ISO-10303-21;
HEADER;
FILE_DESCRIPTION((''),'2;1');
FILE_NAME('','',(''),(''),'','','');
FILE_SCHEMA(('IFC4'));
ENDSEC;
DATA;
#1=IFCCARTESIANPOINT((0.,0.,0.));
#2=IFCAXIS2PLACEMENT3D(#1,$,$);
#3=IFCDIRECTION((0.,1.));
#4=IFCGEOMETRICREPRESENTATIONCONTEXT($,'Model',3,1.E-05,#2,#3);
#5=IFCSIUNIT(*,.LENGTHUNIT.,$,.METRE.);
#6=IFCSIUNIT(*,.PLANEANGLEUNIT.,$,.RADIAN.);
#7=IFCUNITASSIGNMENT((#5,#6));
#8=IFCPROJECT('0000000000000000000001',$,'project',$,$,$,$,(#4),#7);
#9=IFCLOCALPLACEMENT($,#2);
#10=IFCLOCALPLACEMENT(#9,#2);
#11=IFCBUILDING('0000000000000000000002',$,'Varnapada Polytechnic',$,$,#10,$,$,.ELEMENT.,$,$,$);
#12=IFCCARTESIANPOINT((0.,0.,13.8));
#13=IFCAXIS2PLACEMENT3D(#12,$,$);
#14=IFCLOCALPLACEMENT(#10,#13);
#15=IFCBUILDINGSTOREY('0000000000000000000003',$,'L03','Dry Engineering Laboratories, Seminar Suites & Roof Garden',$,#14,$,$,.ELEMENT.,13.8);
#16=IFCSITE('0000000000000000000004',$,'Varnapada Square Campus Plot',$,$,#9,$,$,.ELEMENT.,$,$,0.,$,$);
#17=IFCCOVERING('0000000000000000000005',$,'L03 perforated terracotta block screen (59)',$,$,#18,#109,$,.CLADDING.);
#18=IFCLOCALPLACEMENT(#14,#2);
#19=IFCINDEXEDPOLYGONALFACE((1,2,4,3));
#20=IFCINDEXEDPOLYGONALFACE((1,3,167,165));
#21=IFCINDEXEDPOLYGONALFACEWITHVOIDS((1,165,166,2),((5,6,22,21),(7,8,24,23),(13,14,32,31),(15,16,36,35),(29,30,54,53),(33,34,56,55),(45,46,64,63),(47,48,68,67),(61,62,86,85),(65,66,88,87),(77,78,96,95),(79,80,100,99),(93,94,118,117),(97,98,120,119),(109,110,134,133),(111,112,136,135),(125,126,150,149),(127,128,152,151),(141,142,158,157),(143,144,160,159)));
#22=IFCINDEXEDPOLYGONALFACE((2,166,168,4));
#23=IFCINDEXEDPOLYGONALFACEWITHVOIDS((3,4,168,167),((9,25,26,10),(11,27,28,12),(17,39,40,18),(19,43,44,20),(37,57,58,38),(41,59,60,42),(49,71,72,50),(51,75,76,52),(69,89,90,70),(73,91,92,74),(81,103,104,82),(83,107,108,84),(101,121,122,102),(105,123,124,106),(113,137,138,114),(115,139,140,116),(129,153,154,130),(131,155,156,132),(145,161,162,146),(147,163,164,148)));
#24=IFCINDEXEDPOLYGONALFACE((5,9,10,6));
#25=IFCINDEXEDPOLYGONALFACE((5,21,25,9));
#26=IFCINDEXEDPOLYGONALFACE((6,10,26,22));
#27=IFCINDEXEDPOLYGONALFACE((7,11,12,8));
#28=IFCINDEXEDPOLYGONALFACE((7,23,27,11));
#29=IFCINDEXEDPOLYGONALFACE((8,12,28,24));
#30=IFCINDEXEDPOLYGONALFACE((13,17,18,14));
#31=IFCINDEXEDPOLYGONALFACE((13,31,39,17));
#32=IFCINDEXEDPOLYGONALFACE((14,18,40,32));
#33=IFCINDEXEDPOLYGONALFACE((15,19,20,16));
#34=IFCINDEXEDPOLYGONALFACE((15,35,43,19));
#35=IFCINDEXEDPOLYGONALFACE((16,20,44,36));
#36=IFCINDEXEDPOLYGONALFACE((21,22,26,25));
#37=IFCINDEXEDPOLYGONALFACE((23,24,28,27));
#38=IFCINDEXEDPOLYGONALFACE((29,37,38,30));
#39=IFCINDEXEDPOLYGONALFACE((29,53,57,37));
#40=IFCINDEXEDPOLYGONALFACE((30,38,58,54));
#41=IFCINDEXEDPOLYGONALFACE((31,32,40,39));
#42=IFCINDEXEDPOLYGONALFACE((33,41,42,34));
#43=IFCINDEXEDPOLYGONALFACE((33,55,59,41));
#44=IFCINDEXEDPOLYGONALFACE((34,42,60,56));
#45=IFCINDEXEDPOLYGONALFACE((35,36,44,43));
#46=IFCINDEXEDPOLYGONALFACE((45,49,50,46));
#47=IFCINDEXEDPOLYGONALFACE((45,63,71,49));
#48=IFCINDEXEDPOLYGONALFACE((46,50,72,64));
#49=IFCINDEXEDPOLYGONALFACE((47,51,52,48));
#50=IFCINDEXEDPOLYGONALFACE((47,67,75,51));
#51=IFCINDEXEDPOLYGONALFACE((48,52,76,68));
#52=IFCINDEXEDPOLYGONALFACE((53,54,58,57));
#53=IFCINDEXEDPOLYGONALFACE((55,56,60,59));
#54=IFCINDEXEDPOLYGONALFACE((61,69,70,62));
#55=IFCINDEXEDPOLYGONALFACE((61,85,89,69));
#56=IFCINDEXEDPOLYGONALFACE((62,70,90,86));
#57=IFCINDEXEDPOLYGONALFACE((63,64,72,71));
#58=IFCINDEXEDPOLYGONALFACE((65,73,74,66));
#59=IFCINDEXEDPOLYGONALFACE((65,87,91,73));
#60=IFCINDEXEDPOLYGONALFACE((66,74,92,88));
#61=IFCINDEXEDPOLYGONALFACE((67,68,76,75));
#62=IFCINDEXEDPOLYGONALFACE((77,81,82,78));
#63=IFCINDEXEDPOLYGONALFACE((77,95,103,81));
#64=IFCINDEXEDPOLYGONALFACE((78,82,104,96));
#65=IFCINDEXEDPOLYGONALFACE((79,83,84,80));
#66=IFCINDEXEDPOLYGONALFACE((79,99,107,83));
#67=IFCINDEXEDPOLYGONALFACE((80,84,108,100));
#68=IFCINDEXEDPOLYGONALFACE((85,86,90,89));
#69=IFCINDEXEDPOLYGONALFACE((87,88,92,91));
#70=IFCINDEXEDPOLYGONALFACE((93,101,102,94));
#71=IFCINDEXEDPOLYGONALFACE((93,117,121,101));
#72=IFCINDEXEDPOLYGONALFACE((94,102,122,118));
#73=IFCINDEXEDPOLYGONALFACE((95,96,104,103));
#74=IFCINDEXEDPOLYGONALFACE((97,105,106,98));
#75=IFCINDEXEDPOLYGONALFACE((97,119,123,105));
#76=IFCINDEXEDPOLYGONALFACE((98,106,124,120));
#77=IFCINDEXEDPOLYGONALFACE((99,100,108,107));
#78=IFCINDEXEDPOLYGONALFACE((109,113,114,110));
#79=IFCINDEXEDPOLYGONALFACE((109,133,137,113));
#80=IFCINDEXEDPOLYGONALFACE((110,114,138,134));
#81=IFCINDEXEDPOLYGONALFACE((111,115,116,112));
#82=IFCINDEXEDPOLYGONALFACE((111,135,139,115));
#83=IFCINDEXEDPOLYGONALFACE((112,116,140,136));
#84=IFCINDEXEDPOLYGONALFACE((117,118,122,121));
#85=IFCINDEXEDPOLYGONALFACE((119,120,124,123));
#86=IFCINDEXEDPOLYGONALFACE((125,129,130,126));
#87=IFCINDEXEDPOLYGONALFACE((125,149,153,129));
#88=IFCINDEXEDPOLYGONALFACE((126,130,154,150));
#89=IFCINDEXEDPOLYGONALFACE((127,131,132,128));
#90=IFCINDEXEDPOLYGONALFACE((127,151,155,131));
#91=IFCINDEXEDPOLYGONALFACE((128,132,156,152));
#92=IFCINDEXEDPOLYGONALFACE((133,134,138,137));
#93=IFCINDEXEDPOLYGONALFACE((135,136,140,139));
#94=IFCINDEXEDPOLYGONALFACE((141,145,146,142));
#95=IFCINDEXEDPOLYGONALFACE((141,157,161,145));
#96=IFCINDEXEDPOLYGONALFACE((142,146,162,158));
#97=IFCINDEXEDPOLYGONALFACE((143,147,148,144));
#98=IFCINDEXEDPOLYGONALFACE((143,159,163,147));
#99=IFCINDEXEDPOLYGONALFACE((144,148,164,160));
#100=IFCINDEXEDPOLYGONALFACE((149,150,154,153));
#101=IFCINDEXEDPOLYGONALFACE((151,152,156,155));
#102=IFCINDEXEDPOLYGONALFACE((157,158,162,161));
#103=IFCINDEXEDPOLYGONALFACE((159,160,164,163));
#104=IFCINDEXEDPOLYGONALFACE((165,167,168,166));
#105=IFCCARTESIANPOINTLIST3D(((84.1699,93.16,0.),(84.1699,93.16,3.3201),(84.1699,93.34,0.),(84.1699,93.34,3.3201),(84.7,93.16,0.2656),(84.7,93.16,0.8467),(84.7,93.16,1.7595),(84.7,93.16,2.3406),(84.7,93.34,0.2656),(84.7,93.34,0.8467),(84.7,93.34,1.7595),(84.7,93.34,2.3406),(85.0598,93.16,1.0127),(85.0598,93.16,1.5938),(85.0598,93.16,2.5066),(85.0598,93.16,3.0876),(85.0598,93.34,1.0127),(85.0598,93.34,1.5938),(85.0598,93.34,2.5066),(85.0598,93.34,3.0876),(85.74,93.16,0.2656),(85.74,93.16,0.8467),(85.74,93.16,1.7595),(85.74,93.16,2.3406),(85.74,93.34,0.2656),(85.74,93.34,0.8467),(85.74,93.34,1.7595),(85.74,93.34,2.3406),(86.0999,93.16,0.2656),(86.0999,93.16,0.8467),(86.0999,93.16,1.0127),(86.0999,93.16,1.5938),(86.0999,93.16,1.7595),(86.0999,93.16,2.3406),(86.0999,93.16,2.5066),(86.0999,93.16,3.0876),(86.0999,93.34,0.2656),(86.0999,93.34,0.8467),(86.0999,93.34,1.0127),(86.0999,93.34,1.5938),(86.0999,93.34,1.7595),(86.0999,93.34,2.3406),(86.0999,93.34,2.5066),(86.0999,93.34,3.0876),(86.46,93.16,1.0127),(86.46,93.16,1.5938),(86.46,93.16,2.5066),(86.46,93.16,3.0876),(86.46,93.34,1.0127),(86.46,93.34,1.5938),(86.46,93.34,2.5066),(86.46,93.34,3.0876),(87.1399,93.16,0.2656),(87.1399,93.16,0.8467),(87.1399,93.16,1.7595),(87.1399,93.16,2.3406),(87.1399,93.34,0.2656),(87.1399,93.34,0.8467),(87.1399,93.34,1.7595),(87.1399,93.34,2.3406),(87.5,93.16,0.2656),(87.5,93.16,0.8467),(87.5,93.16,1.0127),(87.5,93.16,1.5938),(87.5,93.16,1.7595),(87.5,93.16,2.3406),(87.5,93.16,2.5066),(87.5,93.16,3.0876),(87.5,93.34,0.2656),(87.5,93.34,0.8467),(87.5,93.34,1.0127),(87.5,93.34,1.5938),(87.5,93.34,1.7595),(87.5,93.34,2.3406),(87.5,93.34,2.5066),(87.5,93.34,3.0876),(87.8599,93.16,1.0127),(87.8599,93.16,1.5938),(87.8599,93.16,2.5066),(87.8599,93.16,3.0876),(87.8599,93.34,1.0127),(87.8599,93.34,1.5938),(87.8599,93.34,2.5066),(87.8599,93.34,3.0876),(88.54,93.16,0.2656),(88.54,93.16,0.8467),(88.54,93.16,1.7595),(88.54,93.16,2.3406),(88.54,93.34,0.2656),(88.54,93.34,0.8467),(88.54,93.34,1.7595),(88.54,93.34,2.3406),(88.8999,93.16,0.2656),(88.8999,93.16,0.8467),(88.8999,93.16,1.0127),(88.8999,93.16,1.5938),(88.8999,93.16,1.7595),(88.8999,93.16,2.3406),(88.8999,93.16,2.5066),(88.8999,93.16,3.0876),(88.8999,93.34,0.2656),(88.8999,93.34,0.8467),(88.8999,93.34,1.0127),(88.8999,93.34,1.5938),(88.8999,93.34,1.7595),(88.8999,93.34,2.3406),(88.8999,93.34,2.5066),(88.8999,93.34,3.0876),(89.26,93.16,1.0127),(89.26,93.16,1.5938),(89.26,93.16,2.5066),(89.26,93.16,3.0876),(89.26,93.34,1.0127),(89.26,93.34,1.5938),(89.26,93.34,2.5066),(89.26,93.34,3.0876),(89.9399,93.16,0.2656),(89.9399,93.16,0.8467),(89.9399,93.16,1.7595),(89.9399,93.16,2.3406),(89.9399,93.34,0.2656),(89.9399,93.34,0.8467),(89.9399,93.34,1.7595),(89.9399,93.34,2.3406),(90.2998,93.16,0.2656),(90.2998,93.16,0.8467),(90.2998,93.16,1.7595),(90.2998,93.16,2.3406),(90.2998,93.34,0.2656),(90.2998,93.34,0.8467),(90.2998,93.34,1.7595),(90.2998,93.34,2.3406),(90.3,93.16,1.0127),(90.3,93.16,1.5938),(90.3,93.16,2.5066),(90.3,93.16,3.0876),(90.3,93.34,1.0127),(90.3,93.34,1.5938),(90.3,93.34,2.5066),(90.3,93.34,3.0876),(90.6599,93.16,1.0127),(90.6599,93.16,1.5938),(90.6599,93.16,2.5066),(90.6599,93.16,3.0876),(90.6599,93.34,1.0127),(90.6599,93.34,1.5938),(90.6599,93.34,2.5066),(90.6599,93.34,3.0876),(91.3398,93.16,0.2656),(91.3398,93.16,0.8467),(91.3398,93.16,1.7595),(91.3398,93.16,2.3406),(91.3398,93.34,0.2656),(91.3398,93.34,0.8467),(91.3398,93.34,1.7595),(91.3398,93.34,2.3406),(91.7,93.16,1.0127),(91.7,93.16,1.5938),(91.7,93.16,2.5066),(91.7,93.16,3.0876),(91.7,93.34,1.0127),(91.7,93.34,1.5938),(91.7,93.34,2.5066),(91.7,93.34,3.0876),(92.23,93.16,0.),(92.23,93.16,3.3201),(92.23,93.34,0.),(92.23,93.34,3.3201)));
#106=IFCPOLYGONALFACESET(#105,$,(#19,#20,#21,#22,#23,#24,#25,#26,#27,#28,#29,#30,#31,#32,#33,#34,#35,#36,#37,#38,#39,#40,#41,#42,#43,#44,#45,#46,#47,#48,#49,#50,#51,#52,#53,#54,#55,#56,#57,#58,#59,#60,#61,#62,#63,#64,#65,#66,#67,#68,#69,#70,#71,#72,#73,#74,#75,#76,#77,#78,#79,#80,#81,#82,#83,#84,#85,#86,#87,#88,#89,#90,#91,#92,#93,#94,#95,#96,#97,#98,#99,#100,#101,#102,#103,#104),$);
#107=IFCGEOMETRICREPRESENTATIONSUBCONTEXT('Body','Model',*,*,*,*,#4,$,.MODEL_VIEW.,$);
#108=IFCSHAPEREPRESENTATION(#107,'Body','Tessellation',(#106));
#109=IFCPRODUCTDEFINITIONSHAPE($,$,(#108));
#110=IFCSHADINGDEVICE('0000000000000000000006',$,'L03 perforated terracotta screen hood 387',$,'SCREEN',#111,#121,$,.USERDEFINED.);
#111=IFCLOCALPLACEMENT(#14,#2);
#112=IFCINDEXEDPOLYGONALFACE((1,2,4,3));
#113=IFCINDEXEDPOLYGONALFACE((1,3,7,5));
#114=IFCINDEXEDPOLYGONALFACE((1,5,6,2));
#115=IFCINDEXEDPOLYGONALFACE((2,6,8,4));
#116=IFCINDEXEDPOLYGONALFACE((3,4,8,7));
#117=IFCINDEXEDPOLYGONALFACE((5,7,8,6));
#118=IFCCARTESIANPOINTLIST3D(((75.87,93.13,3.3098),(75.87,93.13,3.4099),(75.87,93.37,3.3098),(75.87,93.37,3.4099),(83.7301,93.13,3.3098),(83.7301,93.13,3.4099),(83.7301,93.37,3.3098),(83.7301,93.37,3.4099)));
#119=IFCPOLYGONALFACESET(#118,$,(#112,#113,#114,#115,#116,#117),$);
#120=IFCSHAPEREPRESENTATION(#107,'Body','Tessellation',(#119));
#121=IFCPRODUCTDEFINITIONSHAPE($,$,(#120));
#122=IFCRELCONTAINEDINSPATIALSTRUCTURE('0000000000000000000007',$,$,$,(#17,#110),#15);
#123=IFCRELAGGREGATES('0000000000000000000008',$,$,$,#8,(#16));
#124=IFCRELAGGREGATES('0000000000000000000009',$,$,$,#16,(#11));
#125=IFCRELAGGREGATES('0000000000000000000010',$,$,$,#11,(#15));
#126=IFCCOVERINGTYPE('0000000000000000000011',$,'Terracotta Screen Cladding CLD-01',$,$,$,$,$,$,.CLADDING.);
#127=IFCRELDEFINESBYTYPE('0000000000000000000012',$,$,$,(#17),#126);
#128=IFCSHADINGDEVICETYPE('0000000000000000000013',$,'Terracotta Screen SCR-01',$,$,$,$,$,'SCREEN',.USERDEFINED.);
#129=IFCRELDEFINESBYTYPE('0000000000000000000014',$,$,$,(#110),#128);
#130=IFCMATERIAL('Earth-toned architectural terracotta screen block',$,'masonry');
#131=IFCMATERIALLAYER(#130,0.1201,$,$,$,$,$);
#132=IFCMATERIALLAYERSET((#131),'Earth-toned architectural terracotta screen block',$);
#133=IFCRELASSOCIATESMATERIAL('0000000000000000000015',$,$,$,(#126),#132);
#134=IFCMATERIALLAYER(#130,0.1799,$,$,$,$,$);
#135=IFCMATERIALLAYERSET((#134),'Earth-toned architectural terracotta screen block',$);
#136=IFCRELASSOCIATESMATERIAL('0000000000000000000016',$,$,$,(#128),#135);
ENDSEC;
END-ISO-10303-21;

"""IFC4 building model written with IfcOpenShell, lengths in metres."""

from ifc_helpers import new_model, si_unit, direction, frame, frame_2d, origin, origin_2d, place, context, subcontext, project, spatial, rectangle, extrude, material, layer, layer_set, type_object, element, save


model = new_model("IFC4")

# Units and contexts
model_context = context("Model", 3, precision=1e-05, world=origin(), true_north=direction((0.0, 1.0)))
body_context = subcontext(model_context, "Body", "Model", "MODEL_VIEW")
ifc_project = project(units=[si_unit("LENGTHUNIT", "METRE"), si_unit("PLANEANGLEUNIT", "RADIAN")], contexts=[model_context])

# Site, building, storey
site_placement = place(None, origin())
site = spatial("IfcSite", under=ifc_project, at=site_placement, Name="Varnapada Square Campus Plot", CompositionType="ELEMENT", RefElevation=0.0)
building_placement = place(site_placement, origin())
building = spatial("IfcBuilding", under=site, at=building_placement, Name="Varnapada Polytechnic", CompositionType="ELEMENT")
storey_placement = place(building_placement, frame((0.0, 0.0, 13.8)))
storey = spatial("IfcBuildingStorey", under=building, at=storey_placement, Name="L03", Description="Dry Engineering Laboratories, Seminar Suites & Roof Garden", CompositionType="ELEMENT", Elevation=13.8)

# Covering, openings
ifc_material_1 = material(Name="Earth-toned architectural terracotta screen block", Category="masonry")
ifc_layer_1 = layer(ifc_material_1, 0.1201)
ifc_layer_set_1 = layer_set([ifc_layer_1], Name="Earth-toned architectural terracotta screen block")
covering_type = type_object("IfcCoveringType", Name="Terracotta Screen Cladding CLD-01", PredefinedType="CLADDING", material=ifc_layer_set_1)
covering_placement = place(storey_placement, frame((84.1699, 93.25, 0.0), z_axis=(0.0, 0.0, 1.0), x_axis=(1.0, 0.0, 0.0)))
covering = element("IfcCovering", 1, at=covering_placement, inside=storey, type_object=covering_type, Name="L03 perforated terracotta block screen (59)", PredefinedType="CLADDING", context=body_context, shape_type="SweptSolid", body=[
    extrude(rectangle(XDim=8.0601, YDim=0.1799, at=frame_2d((4.03, 0.0))), origin(), (0.0, 0.0, 1.0), 3.3201),
])
opening_1_placement = place(covering_placement, frame((0.53, 0.0, 0.2656)))
element("IfcOpeningElement", 2, at=opening_1_placement, cuts=covering, PredefinedType="OPENING", context=body_context, shape_type="SweptSolid", body=[
    extrude(rectangle(XDim=1.04, YDim=0.5811, at=frame_2d((0.52, 0.2905))), frame((0.0, 0.0999, 0.0), z_axis=(0.0, -1.0, 0.0), x_axis=(1.0, 0.0, 0.0)), (0.0, 0.0, 1.0), 0.2),
])
opening_2_placement = place(covering_placement, frame((1.9299, 0.0, 0.2656)))
element("IfcOpeningElement", 3, at=opening_2_placement, cuts=covering, PredefinedType="OPENING", context=body_context, shape_type="SweptSolid", body=[
    extrude(rectangle(XDim=1.04, YDim=0.5811, at=frame_2d((0.52, 0.2905))), frame((0.0, 0.0999, 0.0), z_axis=(0.0, -1.0, 0.0), x_axis=(1.0, 0.0, 0.0)), (0.0, 0.0, 1.0), 0.2),
])
opening_3_placement = place(covering_placement, frame((3.3301, 0.0, 0.2656)))
element("IfcOpeningElement", 4, at=opening_3_placement, cuts=covering, PredefinedType="OPENING", context=body_context, shape_type="SweptSolid", body=[
    extrude(rectangle(XDim=1.04, YDim=0.5811, at=frame_2d((0.52, 0.2905))), frame((0.0, 0.0999, 0.0), z_axis=(0.0, -1.0, 0.0), x_axis=(1.0, 0.0, 0.0)), (0.0, 0.0, 1.0), 0.2),
])
opening_4_placement = place(covering_placement, frame((4.73, 0.0, 0.2656)))
element("IfcOpeningElement", 5, at=opening_4_placement, cuts=covering, PredefinedType="OPENING", context=body_context, shape_type="SweptSolid", body=[
    extrude(rectangle(XDim=1.04, YDim=0.5811, at=frame_2d((0.52, 0.2905))), frame((0.0, 0.0999, 0.0), z_axis=(0.0, -1.0, 0.0), x_axis=(1.0, 0.0, 0.0)), (0.0, 0.0, 1.0), 0.2),
])
opening_5_placement = place(covering_placement, frame((6.1299, 0.0, 0.2656)))
element("IfcOpeningElement", 6, at=opening_5_placement, cuts=covering, PredefinedType="OPENING", context=body_context, shape_type="SweptSolid", body=[
    extrude(rectangle(XDim=1.04, YDim=0.5811, at=frame_2d((0.52, 0.2905))), frame((0.0, 0.0999, 0.0), z_axis=(0.0, -1.0, 0.0), x_axis=(1.0, 0.0, 0.0)), (0.0, 0.0, 1.0), 0.2),
])
opening_6_placement = place(covering_placement, frame((0.8899, 0.0, 1.0127)))
element("IfcOpeningElement", 7, at=opening_6_placement, cuts=covering, PredefinedType="OPENING", context=body_context, shape_type="SweptSolid", body=[
    extrude(rectangle(XDim=1.04, YDim=0.5811, at=frame_2d((0.52, 0.2905))), frame((0.0, 0.0999, 0.0), z_axis=(0.0, -1.0, 0.0), x_axis=(1.0, 0.0, 0.0)), (0.0, 0.0, 1.0), 0.2),
])
opening_7_placement = place(covering_placement, frame((2.29, 0.0, 1.0127)))
element("IfcOpeningElement", 8, at=opening_7_placement, cuts=covering, PredefinedType="OPENING", context=body_context, shape_type="SweptSolid", body=[
    extrude(rectangle(XDim=1.04, YDim=0.5811, at=frame_2d((0.52, 0.2905))), frame((0.0, 0.0999, 0.0), z_axis=(0.0, -1.0, 0.0), x_axis=(1.0, 0.0, 0.0)), (0.0, 0.0, 1.0), 0.2),
])
opening_8_placement = place(covering_placement, frame((3.6899, 0.0, 1.0127)))
element("IfcOpeningElement", 9, at=opening_8_placement, cuts=covering, PredefinedType="OPENING", context=body_context, shape_type="SweptSolid", body=[
    extrude(rectangle(XDim=1.04, YDim=0.5811, at=frame_2d((0.52, 0.2905))), frame((0.0, 0.0999, 0.0), z_axis=(0.0, -1.0, 0.0), x_axis=(1.0, 0.0, 0.0)), (0.0, 0.0, 1.0), 0.2),
])
opening_9_placement = place(covering_placement, frame((5.0901, 0.0, 1.0127)))
element("IfcOpeningElement", 10, at=opening_9_placement, cuts=covering, PredefinedType="OPENING", context=body_context, shape_type="SweptSolid", body=[
    extrude(rectangle(XDim=1.04, YDim=0.5811, at=frame_2d((0.52, 0.2905))), frame((0.0, 0.0999, 0.0), z_axis=(0.0, -1.0, 0.0), x_axis=(1.0, 0.0, 0.0)), (0.0, 0.0, 1.0), 0.2),
])
opening_10_placement = place(covering_placement, frame((6.49, 0.0, 1.0127)))
element("IfcOpeningElement", 11, at=opening_10_placement, cuts=covering, PredefinedType="OPENING", context=body_context, shape_type="SweptSolid", body=[
    extrude(rectangle(XDim=1.04, YDim=0.5811, at=frame_2d((0.52, 0.2905))), frame((0.0, 0.0999, 0.0), z_axis=(0.0, -1.0, 0.0), x_axis=(1.0, 0.0, 0.0)), (0.0, 0.0, 1.0), 0.2),
])
opening_11_placement = place(covering_placement, frame((0.53, 0.0, 1.7595)))
element("IfcOpeningElement", 12, at=opening_11_placement, cuts=covering, PredefinedType="OPENING", context=body_context, shape_type="SweptSolid", body=[
    extrude(rectangle(XDim=1.04, YDim=0.5811, at=frame_2d((0.52, 0.2905))), frame((0.0, 0.0999, 0.0), z_axis=(0.0, -1.0, 0.0), x_axis=(1.0, 0.0, 0.0)), (0.0, 0.0, 1.0), 0.2),
])
opening_12_placement = place(covering_placement, frame((1.9299, 0.0, 1.7595)))
element("IfcOpeningElement", 13, at=opening_12_placement, cuts=covering, PredefinedType="OPENING", context=body_context, shape_type="SweptSolid", body=[
    extrude(rectangle(XDim=1.04, YDim=0.5811, at=frame_2d((0.52, 0.2905))), frame((0.0, 0.0999, 0.0), z_axis=(0.0, -1.0, 0.0), x_axis=(1.0, 0.0, 0.0)), (0.0, 0.0, 1.0), 0.2),
])
opening_13_placement = place(covering_placement, frame((3.3301, 0.0, 1.7595)))
element("IfcOpeningElement", 14, at=opening_13_placement, cuts=covering, PredefinedType="OPENING", context=body_context, shape_type="SweptSolid", body=[
    extrude(rectangle(XDim=1.04, YDim=0.5811, at=frame_2d((0.52, 0.2905))), frame((0.0, 0.0999, 0.0), z_axis=(0.0, -1.0, 0.0), x_axis=(1.0, 0.0, 0.0)), (0.0, 0.0, 1.0), 0.2),
])
opening_14_placement = place(covering_placement, frame((4.73, 0.0, 1.7595)))
element("IfcOpeningElement", 15, at=opening_14_placement, cuts=covering, PredefinedType="OPENING", context=body_context, shape_type="SweptSolid", body=[
    extrude(rectangle(XDim=1.04, YDim=0.5811, at=frame_2d((0.52, 0.2905))), frame((0.0, 0.0999, 0.0), z_axis=(0.0, -1.0, 0.0), x_axis=(1.0, 0.0, 0.0)), (0.0, 0.0, 1.0), 0.2),
])
opening_15_placement = place(covering_placement, frame((6.1299, 0.0, 1.7595)))
element("IfcOpeningElement", 16, at=opening_15_placement, cuts=covering, PredefinedType="OPENING", context=body_context, shape_type="SweptSolid", body=[
    extrude(rectangle(XDim=1.04, YDim=0.5811, at=frame_2d((0.52, 0.2905))), frame((0.0, 0.0999, 0.0), z_axis=(0.0, -1.0, 0.0), x_axis=(1.0, 0.0, 0.0)), (0.0, 0.0, 1.0), 0.2),
])
opening_16_placement = place(covering_placement, frame((0.8899, 0.0, 2.5066)))
element("IfcOpeningElement", 17, at=opening_16_placement, cuts=covering, PredefinedType="OPENING", context=body_context, shape_type="SweptSolid", body=[
    extrude(rectangle(XDim=1.04, YDim=0.5811, at=frame_2d((0.52, 0.2905))), frame((0.0, 0.0999, 0.0), z_axis=(0.0, -1.0, 0.0), x_axis=(1.0, 0.0, 0.0)), (0.0, 0.0, 1.0), 0.2),
])
opening_17_placement = place(covering_placement, frame((2.29, 0.0, 2.5066)))
element("IfcOpeningElement", 18, at=opening_17_placement, cuts=covering, PredefinedType="OPENING", context=body_context, shape_type="SweptSolid", body=[
    extrude(rectangle(XDim=1.04, YDim=0.5811, at=frame_2d((0.52, 0.2905))), frame((0.0, 0.0999, 0.0), z_axis=(0.0, -1.0, 0.0), x_axis=(1.0, 0.0, 0.0)), (0.0, 0.0, 1.0), 0.2),
])
opening_18_placement = place(covering_placement, frame((3.6899, 0.0, 2.5066)))
element("IfcOpeningElement", 19, at=opening_18_placement, cuts=covering, PredefinedType="OPENING", context=body_context, shape_type="SweptSolid", body=[
    extrude(rectangle(XDim=1.04, YDim=0.5811, at=frame_2d((0.52, 0.2905))), frame((0.0, 0.0999, 0.0), z_axis=(0.0, -1.0, 0.0), x_axis=(1.0, 0.0, 0.0)), (0.0, 0.0, 1.0), 0.2),
])
opening_19_placement = place(covering_placement, frame((5.0901, 0.0, 2.5066)))
element("IfcOpeningElement", 20, at=opening_19_placement, cuts=covering, PredefinedType="OPENING", context=body_context, shape_type="SweptSolid", body=[
    extrude(rectangle(XDim=1.04, YDim=0.5811, at=frame_2d((0.52, 0.2905))), frame((0.0, 0.0999, 0.0), z_axis=(0.0, -1.0, 0.0), x_axis=(1.0, 0.0, 0.0)), (0.0, 0.0, 1.0), 0.2),
])
opening_20_placement = place(covering_placement, frame((6.49, 0.0, 2.5066)))
element("IfcOpeningElement", 21, at=opening_20_placement, cuts=covering, PredefinedType="OPENING", context=body_context, shape_type="SweptSolid", body=[
    extrude(rectangle(XDim=1.04, YDim=0.5811, at=frame_2d((0.52, 0.2905))), frame((0.0, 0.0999, 0.0), z_axis=(0.0, -1.0, 0.0), x_axis=(1.0, 0.0, 0.0)), (0.0, 0.0, 1.0), 0.2),
])

# Shading device
ifc_layer_2 = layer(ifc_material_1, 0.1799)
ifc_layer_set_2 = layer_set([ifc_layer_2], Name="Earth-toned architectural terracotta screen block")
shading_device_type = type_object("IfcShadingDeviceType", Name="Terracotta Screen SCR-01", ElementType="SCREEN", PredefinedType="USERDEFINED", material=ifc_layer_set_2)
shading_device_placement = place(storey_placement, frame((79.8, 93.25, 3.3098), z_axis=(0.0, 0.0, 1.0), x_axis=(1.0, 0.0, 0.0)))
element("IfcShadingDevice", 22, at=shading_device_placement, inside=storey, type_object=shading_device_type, Name="L03 perforated terracotta screen hood 387", ObjectType="SCREEN", PredefinedType="USERDEFINED", context=body_context, shape_type="SweptSolid", body=[
    extrude(rectangle(XDim=7.8601, YDim=0.24, at=origin_2d()), origin(), (0.0, 0.0, 1.0), 0.1001),
])

save(model, "model.ifc")
